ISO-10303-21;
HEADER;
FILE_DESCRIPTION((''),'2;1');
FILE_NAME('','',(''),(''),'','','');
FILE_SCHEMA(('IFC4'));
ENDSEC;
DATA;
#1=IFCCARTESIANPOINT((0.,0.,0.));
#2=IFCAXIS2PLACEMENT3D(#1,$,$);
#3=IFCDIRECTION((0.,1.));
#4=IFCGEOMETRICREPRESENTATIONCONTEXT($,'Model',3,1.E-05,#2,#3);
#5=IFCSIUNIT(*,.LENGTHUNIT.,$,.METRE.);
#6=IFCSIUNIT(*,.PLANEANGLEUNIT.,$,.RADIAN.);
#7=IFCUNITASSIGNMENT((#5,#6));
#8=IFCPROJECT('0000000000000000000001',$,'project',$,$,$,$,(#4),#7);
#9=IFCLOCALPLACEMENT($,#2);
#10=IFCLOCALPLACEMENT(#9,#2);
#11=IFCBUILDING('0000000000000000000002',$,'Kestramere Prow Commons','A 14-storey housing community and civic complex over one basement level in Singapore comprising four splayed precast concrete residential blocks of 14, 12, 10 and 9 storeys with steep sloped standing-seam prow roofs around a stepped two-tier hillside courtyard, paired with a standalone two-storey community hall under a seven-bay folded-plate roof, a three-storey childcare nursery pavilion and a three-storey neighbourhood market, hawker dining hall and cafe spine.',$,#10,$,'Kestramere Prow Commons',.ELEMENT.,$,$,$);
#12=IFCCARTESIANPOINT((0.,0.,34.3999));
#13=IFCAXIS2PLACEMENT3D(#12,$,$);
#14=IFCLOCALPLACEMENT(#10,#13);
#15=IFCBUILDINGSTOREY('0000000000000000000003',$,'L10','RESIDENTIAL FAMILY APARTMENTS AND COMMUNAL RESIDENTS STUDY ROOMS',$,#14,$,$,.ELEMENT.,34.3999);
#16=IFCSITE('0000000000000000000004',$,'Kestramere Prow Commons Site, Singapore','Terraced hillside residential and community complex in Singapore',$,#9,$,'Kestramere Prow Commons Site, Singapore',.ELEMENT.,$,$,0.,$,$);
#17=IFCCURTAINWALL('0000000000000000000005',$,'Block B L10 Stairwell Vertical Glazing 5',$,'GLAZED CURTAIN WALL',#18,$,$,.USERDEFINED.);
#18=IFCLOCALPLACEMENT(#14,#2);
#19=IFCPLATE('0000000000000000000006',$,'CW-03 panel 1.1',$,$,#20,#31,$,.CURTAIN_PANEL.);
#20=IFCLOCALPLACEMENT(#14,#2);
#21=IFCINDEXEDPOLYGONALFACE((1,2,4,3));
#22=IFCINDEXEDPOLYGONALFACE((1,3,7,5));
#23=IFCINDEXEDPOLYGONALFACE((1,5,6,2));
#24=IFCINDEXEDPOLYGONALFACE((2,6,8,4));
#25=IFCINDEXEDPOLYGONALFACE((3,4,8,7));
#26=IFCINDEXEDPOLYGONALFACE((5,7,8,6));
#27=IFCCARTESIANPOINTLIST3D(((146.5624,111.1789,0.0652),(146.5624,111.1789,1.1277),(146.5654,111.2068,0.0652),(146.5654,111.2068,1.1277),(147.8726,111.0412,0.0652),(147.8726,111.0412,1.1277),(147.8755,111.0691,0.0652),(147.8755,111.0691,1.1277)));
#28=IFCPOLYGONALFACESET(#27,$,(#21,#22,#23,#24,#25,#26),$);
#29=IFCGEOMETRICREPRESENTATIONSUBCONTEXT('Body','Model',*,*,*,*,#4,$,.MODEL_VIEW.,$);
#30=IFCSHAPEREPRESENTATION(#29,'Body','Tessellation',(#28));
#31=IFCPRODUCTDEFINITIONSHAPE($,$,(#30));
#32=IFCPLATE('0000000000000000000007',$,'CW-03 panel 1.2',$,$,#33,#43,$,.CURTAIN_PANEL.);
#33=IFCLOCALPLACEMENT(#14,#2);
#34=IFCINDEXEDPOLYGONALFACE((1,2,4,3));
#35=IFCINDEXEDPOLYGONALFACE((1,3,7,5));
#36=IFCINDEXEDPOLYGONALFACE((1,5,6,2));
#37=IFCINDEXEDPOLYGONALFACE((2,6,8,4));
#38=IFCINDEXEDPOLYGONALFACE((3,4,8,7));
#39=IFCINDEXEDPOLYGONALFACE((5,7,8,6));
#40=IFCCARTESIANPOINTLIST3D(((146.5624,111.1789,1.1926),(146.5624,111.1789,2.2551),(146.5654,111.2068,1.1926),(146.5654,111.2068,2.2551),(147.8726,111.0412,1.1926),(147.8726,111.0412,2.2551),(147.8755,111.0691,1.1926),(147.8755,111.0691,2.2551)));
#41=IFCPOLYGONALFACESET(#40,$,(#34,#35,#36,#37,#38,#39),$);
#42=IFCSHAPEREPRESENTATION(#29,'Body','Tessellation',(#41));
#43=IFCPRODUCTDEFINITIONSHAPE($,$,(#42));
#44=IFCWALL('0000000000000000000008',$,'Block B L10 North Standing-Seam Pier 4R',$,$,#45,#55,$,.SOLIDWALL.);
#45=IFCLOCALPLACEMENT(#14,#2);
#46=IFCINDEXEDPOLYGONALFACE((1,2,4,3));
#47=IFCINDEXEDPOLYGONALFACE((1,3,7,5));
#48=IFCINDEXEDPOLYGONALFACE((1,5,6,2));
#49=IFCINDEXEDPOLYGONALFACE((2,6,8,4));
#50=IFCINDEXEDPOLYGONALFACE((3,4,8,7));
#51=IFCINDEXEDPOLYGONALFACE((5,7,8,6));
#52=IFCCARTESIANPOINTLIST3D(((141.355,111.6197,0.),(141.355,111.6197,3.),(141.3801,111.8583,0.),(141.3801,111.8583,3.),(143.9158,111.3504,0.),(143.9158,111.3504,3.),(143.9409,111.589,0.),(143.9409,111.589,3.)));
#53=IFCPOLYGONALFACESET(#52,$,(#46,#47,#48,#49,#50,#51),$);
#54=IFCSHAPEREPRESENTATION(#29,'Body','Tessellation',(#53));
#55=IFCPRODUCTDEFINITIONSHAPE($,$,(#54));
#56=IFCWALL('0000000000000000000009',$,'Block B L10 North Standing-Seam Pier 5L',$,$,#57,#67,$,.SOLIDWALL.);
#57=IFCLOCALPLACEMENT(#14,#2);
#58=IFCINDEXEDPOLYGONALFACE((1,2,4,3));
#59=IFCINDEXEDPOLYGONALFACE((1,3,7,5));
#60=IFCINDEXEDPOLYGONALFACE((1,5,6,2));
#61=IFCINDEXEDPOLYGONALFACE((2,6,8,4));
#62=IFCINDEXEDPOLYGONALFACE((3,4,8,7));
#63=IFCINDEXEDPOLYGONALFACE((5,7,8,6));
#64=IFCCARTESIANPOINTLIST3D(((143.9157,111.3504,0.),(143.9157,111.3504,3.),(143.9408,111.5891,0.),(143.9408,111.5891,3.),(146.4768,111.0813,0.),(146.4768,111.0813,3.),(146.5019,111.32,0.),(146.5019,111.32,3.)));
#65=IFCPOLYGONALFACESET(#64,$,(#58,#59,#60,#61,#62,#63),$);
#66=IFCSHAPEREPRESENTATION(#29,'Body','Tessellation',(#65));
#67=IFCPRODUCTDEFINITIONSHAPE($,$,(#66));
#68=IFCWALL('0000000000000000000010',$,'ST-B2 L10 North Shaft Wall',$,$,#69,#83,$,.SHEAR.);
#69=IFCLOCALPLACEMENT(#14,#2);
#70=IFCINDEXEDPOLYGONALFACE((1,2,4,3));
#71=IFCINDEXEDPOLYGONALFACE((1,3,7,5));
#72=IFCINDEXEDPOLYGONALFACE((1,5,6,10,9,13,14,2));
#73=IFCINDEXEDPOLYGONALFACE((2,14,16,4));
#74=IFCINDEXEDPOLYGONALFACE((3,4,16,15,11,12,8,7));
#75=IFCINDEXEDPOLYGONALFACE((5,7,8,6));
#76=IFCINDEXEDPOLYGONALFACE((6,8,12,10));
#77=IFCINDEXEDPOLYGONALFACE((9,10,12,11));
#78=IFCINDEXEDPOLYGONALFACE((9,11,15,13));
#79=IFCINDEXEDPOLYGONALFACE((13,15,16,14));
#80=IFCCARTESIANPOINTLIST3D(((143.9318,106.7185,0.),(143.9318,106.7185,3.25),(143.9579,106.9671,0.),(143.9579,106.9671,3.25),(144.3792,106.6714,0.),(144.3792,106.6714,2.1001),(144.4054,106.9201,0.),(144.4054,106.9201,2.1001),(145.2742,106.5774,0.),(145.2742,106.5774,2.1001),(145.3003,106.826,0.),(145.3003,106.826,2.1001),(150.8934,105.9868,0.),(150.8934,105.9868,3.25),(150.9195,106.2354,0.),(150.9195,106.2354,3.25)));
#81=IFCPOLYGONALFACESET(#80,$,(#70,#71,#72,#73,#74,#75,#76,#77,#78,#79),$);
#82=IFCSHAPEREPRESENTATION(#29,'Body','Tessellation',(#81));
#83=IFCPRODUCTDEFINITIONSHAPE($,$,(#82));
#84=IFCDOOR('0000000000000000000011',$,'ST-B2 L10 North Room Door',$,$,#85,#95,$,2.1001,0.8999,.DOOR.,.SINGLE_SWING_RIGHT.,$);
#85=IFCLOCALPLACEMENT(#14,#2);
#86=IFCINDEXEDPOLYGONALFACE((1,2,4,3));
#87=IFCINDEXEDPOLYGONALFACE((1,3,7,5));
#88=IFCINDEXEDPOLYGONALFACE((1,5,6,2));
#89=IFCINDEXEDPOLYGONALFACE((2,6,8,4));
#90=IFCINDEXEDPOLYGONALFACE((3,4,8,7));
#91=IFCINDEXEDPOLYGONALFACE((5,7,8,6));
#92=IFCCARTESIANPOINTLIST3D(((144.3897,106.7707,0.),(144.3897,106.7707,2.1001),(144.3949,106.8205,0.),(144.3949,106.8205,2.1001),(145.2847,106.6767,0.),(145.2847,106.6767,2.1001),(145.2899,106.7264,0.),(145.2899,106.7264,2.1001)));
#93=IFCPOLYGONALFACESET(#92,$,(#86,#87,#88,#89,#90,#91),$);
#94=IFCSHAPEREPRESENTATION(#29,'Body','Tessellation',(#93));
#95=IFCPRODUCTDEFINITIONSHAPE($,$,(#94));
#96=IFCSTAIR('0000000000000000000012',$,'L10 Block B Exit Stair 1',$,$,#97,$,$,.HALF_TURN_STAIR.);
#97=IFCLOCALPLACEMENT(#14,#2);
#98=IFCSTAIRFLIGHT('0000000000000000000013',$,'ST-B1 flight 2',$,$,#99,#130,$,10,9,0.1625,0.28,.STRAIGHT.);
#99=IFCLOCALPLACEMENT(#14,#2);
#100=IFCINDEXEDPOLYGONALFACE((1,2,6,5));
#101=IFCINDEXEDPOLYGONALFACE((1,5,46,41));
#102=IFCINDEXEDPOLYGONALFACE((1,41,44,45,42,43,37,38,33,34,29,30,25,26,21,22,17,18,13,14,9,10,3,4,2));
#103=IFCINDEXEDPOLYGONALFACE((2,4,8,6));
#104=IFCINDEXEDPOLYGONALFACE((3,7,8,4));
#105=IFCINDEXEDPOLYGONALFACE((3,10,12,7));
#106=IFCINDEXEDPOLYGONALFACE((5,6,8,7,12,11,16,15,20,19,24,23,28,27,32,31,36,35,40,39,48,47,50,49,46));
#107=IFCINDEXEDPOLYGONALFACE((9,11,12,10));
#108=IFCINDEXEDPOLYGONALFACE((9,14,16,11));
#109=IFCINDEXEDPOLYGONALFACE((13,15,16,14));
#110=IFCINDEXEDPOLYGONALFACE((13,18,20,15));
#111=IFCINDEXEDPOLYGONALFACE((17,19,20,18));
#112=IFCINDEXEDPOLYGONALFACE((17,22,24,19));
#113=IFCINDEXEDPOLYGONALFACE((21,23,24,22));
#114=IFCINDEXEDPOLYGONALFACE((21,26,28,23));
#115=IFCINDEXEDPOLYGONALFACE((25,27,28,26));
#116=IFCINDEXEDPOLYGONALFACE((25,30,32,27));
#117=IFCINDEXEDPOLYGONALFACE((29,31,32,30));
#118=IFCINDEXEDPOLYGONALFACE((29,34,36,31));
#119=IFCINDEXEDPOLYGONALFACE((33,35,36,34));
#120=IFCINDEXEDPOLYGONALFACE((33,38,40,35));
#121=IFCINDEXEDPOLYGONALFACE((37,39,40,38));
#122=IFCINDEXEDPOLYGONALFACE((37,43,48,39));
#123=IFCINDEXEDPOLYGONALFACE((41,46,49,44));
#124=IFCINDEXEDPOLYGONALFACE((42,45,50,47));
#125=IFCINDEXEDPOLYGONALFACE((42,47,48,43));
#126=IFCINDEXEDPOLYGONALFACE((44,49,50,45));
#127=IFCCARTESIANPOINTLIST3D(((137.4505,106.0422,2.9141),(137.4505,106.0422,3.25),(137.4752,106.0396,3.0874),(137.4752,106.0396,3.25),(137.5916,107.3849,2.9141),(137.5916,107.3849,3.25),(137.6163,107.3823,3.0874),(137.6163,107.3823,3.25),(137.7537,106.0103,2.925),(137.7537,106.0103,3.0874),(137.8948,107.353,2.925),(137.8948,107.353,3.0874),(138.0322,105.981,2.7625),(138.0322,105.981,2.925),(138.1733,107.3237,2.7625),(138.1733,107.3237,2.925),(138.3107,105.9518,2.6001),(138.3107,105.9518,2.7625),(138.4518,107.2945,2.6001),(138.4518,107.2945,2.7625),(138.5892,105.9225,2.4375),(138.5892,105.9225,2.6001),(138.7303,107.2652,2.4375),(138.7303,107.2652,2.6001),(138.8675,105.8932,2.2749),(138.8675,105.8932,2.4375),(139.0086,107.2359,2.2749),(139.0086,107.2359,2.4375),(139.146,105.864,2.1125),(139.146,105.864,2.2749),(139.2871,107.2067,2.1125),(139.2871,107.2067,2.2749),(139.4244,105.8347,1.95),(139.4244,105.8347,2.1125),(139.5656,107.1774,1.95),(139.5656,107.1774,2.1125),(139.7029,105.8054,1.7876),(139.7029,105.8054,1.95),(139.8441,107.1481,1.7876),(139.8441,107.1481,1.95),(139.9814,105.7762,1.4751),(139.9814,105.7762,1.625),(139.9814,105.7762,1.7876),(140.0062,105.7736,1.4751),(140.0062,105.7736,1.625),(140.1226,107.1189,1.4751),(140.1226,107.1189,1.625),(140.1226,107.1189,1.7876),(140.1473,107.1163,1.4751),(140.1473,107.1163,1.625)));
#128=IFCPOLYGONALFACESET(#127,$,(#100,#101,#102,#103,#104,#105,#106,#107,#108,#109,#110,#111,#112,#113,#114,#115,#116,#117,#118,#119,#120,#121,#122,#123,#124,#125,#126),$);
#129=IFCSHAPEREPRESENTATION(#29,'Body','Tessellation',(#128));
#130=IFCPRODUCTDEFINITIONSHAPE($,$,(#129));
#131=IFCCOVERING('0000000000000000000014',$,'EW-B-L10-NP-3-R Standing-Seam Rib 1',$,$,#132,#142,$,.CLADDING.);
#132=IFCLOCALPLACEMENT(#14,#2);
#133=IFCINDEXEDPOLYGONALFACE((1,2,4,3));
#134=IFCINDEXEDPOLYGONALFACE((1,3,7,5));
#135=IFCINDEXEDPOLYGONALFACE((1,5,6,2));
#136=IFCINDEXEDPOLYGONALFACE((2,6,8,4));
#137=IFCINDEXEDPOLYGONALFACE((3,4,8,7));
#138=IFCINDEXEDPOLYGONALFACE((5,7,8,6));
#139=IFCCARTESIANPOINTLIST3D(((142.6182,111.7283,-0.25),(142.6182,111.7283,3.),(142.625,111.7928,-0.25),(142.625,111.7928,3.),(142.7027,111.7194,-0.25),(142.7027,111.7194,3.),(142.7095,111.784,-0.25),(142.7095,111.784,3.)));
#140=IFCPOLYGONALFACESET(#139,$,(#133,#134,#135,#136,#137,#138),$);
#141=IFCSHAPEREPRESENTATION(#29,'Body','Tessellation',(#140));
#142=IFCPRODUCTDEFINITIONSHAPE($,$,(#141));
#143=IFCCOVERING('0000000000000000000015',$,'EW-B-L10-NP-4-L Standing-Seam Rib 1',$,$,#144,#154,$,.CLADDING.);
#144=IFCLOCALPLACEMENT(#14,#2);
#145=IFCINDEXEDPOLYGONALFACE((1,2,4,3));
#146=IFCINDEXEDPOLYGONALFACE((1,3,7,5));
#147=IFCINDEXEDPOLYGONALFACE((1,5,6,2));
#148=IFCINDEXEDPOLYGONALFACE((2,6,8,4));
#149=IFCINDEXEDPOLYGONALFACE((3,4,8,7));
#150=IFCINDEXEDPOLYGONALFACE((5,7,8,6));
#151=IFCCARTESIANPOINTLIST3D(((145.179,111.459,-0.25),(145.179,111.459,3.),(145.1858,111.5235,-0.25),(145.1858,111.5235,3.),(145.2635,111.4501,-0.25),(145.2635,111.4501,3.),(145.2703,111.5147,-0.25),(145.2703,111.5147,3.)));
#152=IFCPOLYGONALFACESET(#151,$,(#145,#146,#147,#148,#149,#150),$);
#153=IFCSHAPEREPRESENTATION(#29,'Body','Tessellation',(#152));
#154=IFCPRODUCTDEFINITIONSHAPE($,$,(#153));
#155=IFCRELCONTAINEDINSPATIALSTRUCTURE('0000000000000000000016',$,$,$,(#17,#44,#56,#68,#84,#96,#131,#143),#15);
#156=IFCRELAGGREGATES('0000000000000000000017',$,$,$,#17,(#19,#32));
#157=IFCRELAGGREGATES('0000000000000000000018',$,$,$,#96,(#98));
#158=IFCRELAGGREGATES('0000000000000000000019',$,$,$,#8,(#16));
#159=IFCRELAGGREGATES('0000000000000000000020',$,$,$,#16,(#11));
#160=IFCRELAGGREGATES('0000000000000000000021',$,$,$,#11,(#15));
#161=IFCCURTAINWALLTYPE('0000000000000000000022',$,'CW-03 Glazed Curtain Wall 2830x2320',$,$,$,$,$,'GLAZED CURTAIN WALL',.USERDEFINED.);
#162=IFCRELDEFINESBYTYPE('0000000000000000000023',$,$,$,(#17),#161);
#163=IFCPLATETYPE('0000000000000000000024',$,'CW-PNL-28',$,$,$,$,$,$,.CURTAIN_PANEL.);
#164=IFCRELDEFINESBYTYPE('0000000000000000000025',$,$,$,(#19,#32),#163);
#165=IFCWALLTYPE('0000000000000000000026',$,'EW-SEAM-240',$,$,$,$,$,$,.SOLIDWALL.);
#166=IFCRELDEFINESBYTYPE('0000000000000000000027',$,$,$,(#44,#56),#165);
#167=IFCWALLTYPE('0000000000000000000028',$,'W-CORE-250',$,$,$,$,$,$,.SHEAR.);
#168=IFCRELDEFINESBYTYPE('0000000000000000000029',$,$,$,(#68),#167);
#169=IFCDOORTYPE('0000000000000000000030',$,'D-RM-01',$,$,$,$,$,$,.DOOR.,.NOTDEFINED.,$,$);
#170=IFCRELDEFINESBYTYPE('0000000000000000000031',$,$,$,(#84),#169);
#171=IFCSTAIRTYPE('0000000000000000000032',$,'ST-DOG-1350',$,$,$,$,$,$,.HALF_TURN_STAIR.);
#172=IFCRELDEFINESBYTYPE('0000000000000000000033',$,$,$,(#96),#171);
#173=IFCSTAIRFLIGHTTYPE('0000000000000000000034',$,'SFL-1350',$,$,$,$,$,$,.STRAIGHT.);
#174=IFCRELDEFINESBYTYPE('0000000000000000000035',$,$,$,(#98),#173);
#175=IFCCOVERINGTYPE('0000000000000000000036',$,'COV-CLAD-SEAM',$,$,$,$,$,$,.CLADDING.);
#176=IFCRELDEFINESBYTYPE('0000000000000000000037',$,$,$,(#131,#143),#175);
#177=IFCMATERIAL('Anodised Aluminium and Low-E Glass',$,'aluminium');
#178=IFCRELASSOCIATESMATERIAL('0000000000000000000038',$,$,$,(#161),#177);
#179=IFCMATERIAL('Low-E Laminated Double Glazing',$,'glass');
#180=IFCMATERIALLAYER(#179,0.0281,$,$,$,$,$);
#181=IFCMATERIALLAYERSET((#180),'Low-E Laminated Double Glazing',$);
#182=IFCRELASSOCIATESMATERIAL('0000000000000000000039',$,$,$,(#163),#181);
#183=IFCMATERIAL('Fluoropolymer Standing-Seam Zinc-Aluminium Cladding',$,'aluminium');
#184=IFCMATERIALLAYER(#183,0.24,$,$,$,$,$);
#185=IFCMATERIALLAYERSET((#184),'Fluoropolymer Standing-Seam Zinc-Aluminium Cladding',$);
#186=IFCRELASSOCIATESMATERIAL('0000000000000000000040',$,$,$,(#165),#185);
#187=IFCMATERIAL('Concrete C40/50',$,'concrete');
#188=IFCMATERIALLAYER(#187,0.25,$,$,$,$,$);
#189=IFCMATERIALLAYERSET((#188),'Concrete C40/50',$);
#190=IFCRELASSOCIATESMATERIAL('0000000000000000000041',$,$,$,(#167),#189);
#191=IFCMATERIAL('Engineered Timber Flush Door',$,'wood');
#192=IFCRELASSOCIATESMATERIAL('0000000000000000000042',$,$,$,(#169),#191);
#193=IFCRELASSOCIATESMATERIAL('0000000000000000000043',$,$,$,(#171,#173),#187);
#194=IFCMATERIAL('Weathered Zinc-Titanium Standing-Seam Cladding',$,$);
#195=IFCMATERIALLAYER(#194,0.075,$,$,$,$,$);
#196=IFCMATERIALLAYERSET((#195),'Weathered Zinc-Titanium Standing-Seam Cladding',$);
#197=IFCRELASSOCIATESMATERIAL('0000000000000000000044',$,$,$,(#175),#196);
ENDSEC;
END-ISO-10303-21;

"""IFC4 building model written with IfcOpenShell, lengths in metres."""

from ifc_helpers import new_model, si_unit, direction, frame, frame_2d, origin, origin_2d, place, context, subcontext, project, spatial, polyline, rectangle, outline, extrude, material, layer, layer_set, type_object, element, fill, aggregate, save


model = new_model("IFC4")

# Units and contexts
model_context = context("Model", 3, precision=1e-05, world=origin(), true_north=direction((0.0, 1.0)))
body_context = subcontext(model_context, "Body", "Model", "MODEL_VIEW")
ifc_project = project(units=[si_unit("LENGTHUNIT", "METRE"), si_unit("PLANEANGLEUNIT", "RADIAN")], contexts=[model_context])

# Site, building, storey
site_placement = place(None, origin())
site = spatial("IfcSite", under=ifc_project, at=site_placement, Name="Kestramere Prow Commons Site, Singapore", Description="Terraced hillside residential and community complex in Singapore", LongName="Kestramere Prow Commons Site, Singapore", CompositionType="ELEMENT", RefElevation=0.0)
building_placement = place(site_placement, origin())
building = spatial("IfcBuilding", under=site, at=building_placement, Name="Kestramere Prow Commons", Description="A 14-storey housing community and civic complex over one basement level in Singapore comprising four splayed precast concrete residential blocks of 14, 12, 10 and 9 storeys with steep sloped standing-seam prow roofs around a stepped two-tier hillside courtyard, paired with a standalone two-storey community hall under a seven-bay folded-plate roof, a three-storey childcare nursery pavilion and a three-storey neighbourhood market, hawker dining hall and cafe spine.", LongName="Kestramere Prow Commons", CompositionType="ELEMENT")
storey_placement = place(building_placement, frame((0.0, 0.0, 34.3999)))
storey = spatial("IfcBuildingStorey", under=building, at=storey_placement, Name="L10", Description="RESIDENTIAL FAMILY APARTMENTS AND COMMUNAL RESIDENTS STUDY ROOMS", CompositionType="ELEMENT", Elevation=34.3999)

# Curtain wall
ifc_material_1 = material(Name="Anodised Aluminium and Low-E Glass", Category="aluminium")
curtain_wall_type = type_object("IfcCurtainWallType", Name="CW-03 Glazed Curtain Wall 2830x2320", ElementType="GLAZED CURTAIN WALL", PredefinedType="USERDEFINED", material=ifc_material_1)
curtain_wall_1_placement = place(storey_placement, origin())
curtain_wall_1 = element("IfcCurtainWall", 1, at=curtain_wall_1_placement, inside=storey, type_object=curtain_wall_type, Name="Block B L10 Stairwell Vertical Glazing 5", ObjectType="GLAZED CURTAIN WALL", PredefinedType="USERDEFINED")

# Plates
ifc_material_2 = material(Name="Low-E Laminated Double Glazing", Category="glass")
ifc_layer_1 = layer(ifc_material_2, 0.0281)
ifc_layer_set_1 = layer_set([ifc_layer_1], Name="Low-E Laminated Double Glazing")
plate_type = type_object("IfcPlateType", Name="CW-PNL-28", PredefinedType="CURTAIN_PANEL", material=ifc_layer_set_1)
plate_1_placement = place(storey_placement, frame((147.219, 111.124, 0.0652), z_axis=(0.0, 0.0, 1.0), x_axis=(0.994522, -0.104528, 0.0)))
plate_1 = element("IfcPlate", 2, at=plate_1_placement, type_object=plate_type, Name="CW-03 panel 1.1", PredefinedType="CURTAIN_PANEL", context=body_context, shape_type="SweptSolid", body=[
    extrude(rectangle(XDim=1.3174, YDim=0.0281, at=origin_2d()), origin(), (0.0, 0.0, 1.0), 1.0625),
])
plate_2_placement = place(storey_placement, frame((147.219, 111.124, 1.1926), z_axis=(0.0, 0.0, 1.0), x_axis=(0.994522, -0.104528, 0.0)))
plate_2 = element("IfcPlate", 3, at=plate_2_placement, type_object=plate_type, Name="CW-03 panel 1.2", PredefinedType="CURTAIN_PANEL", context=body_context, shape_type="SweptSolid", body=[
    extrude(rectangle(XDim=1.3174, YDim=0.0281, at=origin_2d()), origin(), (0.0, 0.0, 1.0), 1.0625),
])
aggregate(curtain_wall_1, [plate_1, plate_2])

# Walls
ifc_material_3 = material(Name="Fluoropolymer Standing-Seam Zinc-Aluminium Cladding", Category="aluminium")
ifc_layer_2 = layer(ifc_material_3, 0.24)
ifc_layer_set_2 = layer_set([ifc_layer_2], Name="Fluoropolymer Standing-Seam Zinc-Aluminium Cladding")
wall_type_1 = type_object("IfcWallType", Name="EW-SEAM-240", PredefinedType="SOLIDWALL", material=ifc_layer_set_2)
wall_1_placement = place(storey_placement, frame((141.3674, 111.739, 0.0), z_axis=(0.0, 0.0, 1.0), x_axis=(0.994516, -0.104581, 0.0)))
element("IfcWall", 4, at=wall_1_placement, inside=storey, type_object=wall_type_1, Name="Block B L10 North Standing-Seam Pier 4R", PredefinedType="SOLIDWALL", context=body_context, shape_type="SweptSolid", body=[
    extrude(rectangle(XDim=2.575, YDim=0.24, at=frame_2d((1.2876, 0.0))), origin(), (0.0, 0.0, 1.0), 3.0),
])
wall_2_placement = place(storey_placement, frame((143.9282, 111.4697, 0.0), z_axis=(0.0, 0.0, 1.0), x_axis=(0.994527, -0.104478, 0.0)))
element("IfcWall", 5, at=wall_2_placement, inside=storey, type_object=wall_type_1, Name="Block B L10 North Standing-Seam Pier 5L", PredefinedType="SOLIDWALL", context=body_context, shape_type="SweptSolid", body=[
    extrude(rectangle(XDim=2.5752, YDim=0.24, at=frame_2d((1.2876, 0.0))), origin(), (0.0, 0.0, 1.0), 3.0),
])

# Wall, opening, door
ifc_material_4 = material(Name="Concrete C40/50", Category="concrete")
ifc_layer_3 = layer(ifc_material_4, 0.25)
ifc_layer_set_3 = layer_set([ifc_layer_3], Name="Concrete C40/50")
wall_type_2 = type_object("IfcWallType", Name="W-CORE-250", PredefinedType="SHEAR", material=ifc_layer_set_3)
wall_3_placement = place(storey_placement, frame((143.9448, 106.8428, 0.0), z_axis=(0.0, 0.0, 1.0), x_axis=(0.994522, -0.104527, 0.0)))
wall_3 = element("IfcWall", 6, at=wall_3_placement, inside=storey, type_object=wall_type_2, Name="ST-B2 L10 North Shaft Wall", PredefinedType="SHEAR", context=body_context, shape_type="SweptSolid", body=[
    extrude(rectangle(XDim=7.0, YDim=0.25, at=frame_2d((3.5, 0.0))), origin(), (0.0, 0.0, 1.0), 3.25),
])
opening_placement = place(wall_3_placement, frame((0.45, 0.0, 0.0)))
opening = element("IfcOpeningElement", 7, at=opening_placement, cuts=wall_3, PredefinedType="OPENING", context=body_context, shape_type="SweptSolid", body=[
    extrude(rectangle(XDim=0.8999, YDim=2.1001, at=frame_2d((0.45, 1.05))), frame((0.0, 0.1399, 0.0), z_axis=(0.0, -1.0, 0.0), x_axis=(1.0, 0.0, 0.0)), (0.0, 0.0, 1.0), 0.28),
])
ifc_material_5 = material(Name="Engineered Timber Flush Door", Category="wood")
door_type = type_object("IfcDoorType", Name="D-RM-01", OperationType="NOTDEFINED", PredefinedType="DOOR", material=ifc_material_5)
door_placement = place(opening_placement, origin())
door = element("IfcDoor", 8, at=door_placement, inside=storey, type_object=door_type, Name="ST-B2 L10 North Room Door", OperationType="SINGLE_SWING_RIGHT", OverallHeight=2.1001, OverallWidth=0.8999, PredefinedType="DOOR", context=body_context, shape_type="SweptSolid", body=[
    extrude(rectangle(XDim=0.8999, YDim=2.1001, at=frame_2d((0.45, 1.05))), frame((0.0, 0.0249, 0.0), z_axis=(0.0, -1.0, 0.0), x_axis=(1.0, 0.0, 0.0)), (0.0, 0.0, 1.0), 0.05),
])
fill(opening, door)

# Stair, stair flight
stair_type = type_object("IfcStairType", Name="ST-DOG-1350", PredefinedType="HALF_TURN_STAIR", material=ifc_material_4)
stair_placement = place(storey_placement, origin())
stair = element("IfcStair", 9, at=stair_placement, inside=storey, type_object=stair_type, Name="L10 Block B Exit Stair 1", PredefinedType="HALF_TURN_STAIR")
stair_flight_type = type_object("IfcStairFlightType", Name="SFL-1350", PredefinedType="STRAIGHT", material=ifc_material_4)
stair_flight_placement = place(storey_placement, frame((140.052, 106.4475, 1.625), z_axis=(0.0, 0.0, 1.0), x_axis=(-0.994522, 0.104528, 0.0)))
stair_flight = element("IfcStairFlight", 10, at=stair_flight_placement, type_object=stair_flight_type, Name="ST-B1 flight 2", NumberOfRisers=10, NumberOfTreads=9, PredefinedType="STRAIGHT", RiserHeight=0.1625, TreadLength=0.28, context=body_context, shape_type="SweptSolid", body=[
    extrude(outline(polyline([(-0.0249, 0.0), (0.0, 0.0), (0.0, 0.1626), (0.28, 0.1626), (0.28, 0.325), (0.5601, 0.325), (0.5601, 0.4875), (0.8401, 0.4875), (0.8401, 0.6499), (1.1201, 0.6499), (1.1201, 0.8125), (1.3999, 0.8125), (1.3999, 0.9751), (1.6799, 0.9751), (1.6799, 1.1375), (1.96, 1.1375), (1.96, 1.3), (2.24, 1.3), (2.24, 1.4624), (2.52, 1.4624), (2.52, 1.625), (2.5449, 1.625), (2.5449, 1.2891), (0.0, -0.1499), (-0.0249, -0.1499), (-0.0249, 0.0)])), frame((0.0, 0.675, 0.0), z_axis=(0.0, -1.0, 0.0), x_axis=(1.0, 0.0, 0.0)), (0.0, 0.0, 1.0), 1.3501),
])
aggregate(stair, [stair_flight])

# Coverings
ifc_material_6 = material(Name="Weathered Zinc-Titanium Standing-Seam Cladding")
ifc_layer_4 = layer(ifc_material_6, 0.075)
ifc_layer_set_4 = layer_set([ifc_layer_4], Name="Weathered Zinc-Titanium Standing-Seam Cladding")
covering_type = type_object("IfcCoveringType", Name="COV-CLAD-SEAM", PredefinedType="CLADDING", material=ifc_layer_set_4)
for number, where, z_axis, x_axis, name in (
    (11, (142.6638, 111.7561, -0.25), (0.0, 0.0, 1.0), (0.994522, -0.104528, 0.0), "EW-B-L10-NP-3-R Standing-Seam Rib 1"),
    (12, (145.2246, 111.4868, -0.25), (0.0, 0.0, 1.0), (0.994522, -0.104528, 0.0), "EW-B-L10-NP-4-L Standing-Seam Rib 1"),
):
    element("IfcCovering", number, at=place(storey_placement, frame(where, z_axis=z_axis, x_axis=x_axis)), inside=storey, type_object=covering_type, Name=name, PredefinedType="CLADDING", context=body_context, shape_type="SweptSolid", body=[
        extrude(rectangle(XDim=0.085, YDim=0.0649, at=origin_2d()), origin(), (0.0, 0.0, 1.0), 3.25),
    ])

save(model, "model.ifc")
